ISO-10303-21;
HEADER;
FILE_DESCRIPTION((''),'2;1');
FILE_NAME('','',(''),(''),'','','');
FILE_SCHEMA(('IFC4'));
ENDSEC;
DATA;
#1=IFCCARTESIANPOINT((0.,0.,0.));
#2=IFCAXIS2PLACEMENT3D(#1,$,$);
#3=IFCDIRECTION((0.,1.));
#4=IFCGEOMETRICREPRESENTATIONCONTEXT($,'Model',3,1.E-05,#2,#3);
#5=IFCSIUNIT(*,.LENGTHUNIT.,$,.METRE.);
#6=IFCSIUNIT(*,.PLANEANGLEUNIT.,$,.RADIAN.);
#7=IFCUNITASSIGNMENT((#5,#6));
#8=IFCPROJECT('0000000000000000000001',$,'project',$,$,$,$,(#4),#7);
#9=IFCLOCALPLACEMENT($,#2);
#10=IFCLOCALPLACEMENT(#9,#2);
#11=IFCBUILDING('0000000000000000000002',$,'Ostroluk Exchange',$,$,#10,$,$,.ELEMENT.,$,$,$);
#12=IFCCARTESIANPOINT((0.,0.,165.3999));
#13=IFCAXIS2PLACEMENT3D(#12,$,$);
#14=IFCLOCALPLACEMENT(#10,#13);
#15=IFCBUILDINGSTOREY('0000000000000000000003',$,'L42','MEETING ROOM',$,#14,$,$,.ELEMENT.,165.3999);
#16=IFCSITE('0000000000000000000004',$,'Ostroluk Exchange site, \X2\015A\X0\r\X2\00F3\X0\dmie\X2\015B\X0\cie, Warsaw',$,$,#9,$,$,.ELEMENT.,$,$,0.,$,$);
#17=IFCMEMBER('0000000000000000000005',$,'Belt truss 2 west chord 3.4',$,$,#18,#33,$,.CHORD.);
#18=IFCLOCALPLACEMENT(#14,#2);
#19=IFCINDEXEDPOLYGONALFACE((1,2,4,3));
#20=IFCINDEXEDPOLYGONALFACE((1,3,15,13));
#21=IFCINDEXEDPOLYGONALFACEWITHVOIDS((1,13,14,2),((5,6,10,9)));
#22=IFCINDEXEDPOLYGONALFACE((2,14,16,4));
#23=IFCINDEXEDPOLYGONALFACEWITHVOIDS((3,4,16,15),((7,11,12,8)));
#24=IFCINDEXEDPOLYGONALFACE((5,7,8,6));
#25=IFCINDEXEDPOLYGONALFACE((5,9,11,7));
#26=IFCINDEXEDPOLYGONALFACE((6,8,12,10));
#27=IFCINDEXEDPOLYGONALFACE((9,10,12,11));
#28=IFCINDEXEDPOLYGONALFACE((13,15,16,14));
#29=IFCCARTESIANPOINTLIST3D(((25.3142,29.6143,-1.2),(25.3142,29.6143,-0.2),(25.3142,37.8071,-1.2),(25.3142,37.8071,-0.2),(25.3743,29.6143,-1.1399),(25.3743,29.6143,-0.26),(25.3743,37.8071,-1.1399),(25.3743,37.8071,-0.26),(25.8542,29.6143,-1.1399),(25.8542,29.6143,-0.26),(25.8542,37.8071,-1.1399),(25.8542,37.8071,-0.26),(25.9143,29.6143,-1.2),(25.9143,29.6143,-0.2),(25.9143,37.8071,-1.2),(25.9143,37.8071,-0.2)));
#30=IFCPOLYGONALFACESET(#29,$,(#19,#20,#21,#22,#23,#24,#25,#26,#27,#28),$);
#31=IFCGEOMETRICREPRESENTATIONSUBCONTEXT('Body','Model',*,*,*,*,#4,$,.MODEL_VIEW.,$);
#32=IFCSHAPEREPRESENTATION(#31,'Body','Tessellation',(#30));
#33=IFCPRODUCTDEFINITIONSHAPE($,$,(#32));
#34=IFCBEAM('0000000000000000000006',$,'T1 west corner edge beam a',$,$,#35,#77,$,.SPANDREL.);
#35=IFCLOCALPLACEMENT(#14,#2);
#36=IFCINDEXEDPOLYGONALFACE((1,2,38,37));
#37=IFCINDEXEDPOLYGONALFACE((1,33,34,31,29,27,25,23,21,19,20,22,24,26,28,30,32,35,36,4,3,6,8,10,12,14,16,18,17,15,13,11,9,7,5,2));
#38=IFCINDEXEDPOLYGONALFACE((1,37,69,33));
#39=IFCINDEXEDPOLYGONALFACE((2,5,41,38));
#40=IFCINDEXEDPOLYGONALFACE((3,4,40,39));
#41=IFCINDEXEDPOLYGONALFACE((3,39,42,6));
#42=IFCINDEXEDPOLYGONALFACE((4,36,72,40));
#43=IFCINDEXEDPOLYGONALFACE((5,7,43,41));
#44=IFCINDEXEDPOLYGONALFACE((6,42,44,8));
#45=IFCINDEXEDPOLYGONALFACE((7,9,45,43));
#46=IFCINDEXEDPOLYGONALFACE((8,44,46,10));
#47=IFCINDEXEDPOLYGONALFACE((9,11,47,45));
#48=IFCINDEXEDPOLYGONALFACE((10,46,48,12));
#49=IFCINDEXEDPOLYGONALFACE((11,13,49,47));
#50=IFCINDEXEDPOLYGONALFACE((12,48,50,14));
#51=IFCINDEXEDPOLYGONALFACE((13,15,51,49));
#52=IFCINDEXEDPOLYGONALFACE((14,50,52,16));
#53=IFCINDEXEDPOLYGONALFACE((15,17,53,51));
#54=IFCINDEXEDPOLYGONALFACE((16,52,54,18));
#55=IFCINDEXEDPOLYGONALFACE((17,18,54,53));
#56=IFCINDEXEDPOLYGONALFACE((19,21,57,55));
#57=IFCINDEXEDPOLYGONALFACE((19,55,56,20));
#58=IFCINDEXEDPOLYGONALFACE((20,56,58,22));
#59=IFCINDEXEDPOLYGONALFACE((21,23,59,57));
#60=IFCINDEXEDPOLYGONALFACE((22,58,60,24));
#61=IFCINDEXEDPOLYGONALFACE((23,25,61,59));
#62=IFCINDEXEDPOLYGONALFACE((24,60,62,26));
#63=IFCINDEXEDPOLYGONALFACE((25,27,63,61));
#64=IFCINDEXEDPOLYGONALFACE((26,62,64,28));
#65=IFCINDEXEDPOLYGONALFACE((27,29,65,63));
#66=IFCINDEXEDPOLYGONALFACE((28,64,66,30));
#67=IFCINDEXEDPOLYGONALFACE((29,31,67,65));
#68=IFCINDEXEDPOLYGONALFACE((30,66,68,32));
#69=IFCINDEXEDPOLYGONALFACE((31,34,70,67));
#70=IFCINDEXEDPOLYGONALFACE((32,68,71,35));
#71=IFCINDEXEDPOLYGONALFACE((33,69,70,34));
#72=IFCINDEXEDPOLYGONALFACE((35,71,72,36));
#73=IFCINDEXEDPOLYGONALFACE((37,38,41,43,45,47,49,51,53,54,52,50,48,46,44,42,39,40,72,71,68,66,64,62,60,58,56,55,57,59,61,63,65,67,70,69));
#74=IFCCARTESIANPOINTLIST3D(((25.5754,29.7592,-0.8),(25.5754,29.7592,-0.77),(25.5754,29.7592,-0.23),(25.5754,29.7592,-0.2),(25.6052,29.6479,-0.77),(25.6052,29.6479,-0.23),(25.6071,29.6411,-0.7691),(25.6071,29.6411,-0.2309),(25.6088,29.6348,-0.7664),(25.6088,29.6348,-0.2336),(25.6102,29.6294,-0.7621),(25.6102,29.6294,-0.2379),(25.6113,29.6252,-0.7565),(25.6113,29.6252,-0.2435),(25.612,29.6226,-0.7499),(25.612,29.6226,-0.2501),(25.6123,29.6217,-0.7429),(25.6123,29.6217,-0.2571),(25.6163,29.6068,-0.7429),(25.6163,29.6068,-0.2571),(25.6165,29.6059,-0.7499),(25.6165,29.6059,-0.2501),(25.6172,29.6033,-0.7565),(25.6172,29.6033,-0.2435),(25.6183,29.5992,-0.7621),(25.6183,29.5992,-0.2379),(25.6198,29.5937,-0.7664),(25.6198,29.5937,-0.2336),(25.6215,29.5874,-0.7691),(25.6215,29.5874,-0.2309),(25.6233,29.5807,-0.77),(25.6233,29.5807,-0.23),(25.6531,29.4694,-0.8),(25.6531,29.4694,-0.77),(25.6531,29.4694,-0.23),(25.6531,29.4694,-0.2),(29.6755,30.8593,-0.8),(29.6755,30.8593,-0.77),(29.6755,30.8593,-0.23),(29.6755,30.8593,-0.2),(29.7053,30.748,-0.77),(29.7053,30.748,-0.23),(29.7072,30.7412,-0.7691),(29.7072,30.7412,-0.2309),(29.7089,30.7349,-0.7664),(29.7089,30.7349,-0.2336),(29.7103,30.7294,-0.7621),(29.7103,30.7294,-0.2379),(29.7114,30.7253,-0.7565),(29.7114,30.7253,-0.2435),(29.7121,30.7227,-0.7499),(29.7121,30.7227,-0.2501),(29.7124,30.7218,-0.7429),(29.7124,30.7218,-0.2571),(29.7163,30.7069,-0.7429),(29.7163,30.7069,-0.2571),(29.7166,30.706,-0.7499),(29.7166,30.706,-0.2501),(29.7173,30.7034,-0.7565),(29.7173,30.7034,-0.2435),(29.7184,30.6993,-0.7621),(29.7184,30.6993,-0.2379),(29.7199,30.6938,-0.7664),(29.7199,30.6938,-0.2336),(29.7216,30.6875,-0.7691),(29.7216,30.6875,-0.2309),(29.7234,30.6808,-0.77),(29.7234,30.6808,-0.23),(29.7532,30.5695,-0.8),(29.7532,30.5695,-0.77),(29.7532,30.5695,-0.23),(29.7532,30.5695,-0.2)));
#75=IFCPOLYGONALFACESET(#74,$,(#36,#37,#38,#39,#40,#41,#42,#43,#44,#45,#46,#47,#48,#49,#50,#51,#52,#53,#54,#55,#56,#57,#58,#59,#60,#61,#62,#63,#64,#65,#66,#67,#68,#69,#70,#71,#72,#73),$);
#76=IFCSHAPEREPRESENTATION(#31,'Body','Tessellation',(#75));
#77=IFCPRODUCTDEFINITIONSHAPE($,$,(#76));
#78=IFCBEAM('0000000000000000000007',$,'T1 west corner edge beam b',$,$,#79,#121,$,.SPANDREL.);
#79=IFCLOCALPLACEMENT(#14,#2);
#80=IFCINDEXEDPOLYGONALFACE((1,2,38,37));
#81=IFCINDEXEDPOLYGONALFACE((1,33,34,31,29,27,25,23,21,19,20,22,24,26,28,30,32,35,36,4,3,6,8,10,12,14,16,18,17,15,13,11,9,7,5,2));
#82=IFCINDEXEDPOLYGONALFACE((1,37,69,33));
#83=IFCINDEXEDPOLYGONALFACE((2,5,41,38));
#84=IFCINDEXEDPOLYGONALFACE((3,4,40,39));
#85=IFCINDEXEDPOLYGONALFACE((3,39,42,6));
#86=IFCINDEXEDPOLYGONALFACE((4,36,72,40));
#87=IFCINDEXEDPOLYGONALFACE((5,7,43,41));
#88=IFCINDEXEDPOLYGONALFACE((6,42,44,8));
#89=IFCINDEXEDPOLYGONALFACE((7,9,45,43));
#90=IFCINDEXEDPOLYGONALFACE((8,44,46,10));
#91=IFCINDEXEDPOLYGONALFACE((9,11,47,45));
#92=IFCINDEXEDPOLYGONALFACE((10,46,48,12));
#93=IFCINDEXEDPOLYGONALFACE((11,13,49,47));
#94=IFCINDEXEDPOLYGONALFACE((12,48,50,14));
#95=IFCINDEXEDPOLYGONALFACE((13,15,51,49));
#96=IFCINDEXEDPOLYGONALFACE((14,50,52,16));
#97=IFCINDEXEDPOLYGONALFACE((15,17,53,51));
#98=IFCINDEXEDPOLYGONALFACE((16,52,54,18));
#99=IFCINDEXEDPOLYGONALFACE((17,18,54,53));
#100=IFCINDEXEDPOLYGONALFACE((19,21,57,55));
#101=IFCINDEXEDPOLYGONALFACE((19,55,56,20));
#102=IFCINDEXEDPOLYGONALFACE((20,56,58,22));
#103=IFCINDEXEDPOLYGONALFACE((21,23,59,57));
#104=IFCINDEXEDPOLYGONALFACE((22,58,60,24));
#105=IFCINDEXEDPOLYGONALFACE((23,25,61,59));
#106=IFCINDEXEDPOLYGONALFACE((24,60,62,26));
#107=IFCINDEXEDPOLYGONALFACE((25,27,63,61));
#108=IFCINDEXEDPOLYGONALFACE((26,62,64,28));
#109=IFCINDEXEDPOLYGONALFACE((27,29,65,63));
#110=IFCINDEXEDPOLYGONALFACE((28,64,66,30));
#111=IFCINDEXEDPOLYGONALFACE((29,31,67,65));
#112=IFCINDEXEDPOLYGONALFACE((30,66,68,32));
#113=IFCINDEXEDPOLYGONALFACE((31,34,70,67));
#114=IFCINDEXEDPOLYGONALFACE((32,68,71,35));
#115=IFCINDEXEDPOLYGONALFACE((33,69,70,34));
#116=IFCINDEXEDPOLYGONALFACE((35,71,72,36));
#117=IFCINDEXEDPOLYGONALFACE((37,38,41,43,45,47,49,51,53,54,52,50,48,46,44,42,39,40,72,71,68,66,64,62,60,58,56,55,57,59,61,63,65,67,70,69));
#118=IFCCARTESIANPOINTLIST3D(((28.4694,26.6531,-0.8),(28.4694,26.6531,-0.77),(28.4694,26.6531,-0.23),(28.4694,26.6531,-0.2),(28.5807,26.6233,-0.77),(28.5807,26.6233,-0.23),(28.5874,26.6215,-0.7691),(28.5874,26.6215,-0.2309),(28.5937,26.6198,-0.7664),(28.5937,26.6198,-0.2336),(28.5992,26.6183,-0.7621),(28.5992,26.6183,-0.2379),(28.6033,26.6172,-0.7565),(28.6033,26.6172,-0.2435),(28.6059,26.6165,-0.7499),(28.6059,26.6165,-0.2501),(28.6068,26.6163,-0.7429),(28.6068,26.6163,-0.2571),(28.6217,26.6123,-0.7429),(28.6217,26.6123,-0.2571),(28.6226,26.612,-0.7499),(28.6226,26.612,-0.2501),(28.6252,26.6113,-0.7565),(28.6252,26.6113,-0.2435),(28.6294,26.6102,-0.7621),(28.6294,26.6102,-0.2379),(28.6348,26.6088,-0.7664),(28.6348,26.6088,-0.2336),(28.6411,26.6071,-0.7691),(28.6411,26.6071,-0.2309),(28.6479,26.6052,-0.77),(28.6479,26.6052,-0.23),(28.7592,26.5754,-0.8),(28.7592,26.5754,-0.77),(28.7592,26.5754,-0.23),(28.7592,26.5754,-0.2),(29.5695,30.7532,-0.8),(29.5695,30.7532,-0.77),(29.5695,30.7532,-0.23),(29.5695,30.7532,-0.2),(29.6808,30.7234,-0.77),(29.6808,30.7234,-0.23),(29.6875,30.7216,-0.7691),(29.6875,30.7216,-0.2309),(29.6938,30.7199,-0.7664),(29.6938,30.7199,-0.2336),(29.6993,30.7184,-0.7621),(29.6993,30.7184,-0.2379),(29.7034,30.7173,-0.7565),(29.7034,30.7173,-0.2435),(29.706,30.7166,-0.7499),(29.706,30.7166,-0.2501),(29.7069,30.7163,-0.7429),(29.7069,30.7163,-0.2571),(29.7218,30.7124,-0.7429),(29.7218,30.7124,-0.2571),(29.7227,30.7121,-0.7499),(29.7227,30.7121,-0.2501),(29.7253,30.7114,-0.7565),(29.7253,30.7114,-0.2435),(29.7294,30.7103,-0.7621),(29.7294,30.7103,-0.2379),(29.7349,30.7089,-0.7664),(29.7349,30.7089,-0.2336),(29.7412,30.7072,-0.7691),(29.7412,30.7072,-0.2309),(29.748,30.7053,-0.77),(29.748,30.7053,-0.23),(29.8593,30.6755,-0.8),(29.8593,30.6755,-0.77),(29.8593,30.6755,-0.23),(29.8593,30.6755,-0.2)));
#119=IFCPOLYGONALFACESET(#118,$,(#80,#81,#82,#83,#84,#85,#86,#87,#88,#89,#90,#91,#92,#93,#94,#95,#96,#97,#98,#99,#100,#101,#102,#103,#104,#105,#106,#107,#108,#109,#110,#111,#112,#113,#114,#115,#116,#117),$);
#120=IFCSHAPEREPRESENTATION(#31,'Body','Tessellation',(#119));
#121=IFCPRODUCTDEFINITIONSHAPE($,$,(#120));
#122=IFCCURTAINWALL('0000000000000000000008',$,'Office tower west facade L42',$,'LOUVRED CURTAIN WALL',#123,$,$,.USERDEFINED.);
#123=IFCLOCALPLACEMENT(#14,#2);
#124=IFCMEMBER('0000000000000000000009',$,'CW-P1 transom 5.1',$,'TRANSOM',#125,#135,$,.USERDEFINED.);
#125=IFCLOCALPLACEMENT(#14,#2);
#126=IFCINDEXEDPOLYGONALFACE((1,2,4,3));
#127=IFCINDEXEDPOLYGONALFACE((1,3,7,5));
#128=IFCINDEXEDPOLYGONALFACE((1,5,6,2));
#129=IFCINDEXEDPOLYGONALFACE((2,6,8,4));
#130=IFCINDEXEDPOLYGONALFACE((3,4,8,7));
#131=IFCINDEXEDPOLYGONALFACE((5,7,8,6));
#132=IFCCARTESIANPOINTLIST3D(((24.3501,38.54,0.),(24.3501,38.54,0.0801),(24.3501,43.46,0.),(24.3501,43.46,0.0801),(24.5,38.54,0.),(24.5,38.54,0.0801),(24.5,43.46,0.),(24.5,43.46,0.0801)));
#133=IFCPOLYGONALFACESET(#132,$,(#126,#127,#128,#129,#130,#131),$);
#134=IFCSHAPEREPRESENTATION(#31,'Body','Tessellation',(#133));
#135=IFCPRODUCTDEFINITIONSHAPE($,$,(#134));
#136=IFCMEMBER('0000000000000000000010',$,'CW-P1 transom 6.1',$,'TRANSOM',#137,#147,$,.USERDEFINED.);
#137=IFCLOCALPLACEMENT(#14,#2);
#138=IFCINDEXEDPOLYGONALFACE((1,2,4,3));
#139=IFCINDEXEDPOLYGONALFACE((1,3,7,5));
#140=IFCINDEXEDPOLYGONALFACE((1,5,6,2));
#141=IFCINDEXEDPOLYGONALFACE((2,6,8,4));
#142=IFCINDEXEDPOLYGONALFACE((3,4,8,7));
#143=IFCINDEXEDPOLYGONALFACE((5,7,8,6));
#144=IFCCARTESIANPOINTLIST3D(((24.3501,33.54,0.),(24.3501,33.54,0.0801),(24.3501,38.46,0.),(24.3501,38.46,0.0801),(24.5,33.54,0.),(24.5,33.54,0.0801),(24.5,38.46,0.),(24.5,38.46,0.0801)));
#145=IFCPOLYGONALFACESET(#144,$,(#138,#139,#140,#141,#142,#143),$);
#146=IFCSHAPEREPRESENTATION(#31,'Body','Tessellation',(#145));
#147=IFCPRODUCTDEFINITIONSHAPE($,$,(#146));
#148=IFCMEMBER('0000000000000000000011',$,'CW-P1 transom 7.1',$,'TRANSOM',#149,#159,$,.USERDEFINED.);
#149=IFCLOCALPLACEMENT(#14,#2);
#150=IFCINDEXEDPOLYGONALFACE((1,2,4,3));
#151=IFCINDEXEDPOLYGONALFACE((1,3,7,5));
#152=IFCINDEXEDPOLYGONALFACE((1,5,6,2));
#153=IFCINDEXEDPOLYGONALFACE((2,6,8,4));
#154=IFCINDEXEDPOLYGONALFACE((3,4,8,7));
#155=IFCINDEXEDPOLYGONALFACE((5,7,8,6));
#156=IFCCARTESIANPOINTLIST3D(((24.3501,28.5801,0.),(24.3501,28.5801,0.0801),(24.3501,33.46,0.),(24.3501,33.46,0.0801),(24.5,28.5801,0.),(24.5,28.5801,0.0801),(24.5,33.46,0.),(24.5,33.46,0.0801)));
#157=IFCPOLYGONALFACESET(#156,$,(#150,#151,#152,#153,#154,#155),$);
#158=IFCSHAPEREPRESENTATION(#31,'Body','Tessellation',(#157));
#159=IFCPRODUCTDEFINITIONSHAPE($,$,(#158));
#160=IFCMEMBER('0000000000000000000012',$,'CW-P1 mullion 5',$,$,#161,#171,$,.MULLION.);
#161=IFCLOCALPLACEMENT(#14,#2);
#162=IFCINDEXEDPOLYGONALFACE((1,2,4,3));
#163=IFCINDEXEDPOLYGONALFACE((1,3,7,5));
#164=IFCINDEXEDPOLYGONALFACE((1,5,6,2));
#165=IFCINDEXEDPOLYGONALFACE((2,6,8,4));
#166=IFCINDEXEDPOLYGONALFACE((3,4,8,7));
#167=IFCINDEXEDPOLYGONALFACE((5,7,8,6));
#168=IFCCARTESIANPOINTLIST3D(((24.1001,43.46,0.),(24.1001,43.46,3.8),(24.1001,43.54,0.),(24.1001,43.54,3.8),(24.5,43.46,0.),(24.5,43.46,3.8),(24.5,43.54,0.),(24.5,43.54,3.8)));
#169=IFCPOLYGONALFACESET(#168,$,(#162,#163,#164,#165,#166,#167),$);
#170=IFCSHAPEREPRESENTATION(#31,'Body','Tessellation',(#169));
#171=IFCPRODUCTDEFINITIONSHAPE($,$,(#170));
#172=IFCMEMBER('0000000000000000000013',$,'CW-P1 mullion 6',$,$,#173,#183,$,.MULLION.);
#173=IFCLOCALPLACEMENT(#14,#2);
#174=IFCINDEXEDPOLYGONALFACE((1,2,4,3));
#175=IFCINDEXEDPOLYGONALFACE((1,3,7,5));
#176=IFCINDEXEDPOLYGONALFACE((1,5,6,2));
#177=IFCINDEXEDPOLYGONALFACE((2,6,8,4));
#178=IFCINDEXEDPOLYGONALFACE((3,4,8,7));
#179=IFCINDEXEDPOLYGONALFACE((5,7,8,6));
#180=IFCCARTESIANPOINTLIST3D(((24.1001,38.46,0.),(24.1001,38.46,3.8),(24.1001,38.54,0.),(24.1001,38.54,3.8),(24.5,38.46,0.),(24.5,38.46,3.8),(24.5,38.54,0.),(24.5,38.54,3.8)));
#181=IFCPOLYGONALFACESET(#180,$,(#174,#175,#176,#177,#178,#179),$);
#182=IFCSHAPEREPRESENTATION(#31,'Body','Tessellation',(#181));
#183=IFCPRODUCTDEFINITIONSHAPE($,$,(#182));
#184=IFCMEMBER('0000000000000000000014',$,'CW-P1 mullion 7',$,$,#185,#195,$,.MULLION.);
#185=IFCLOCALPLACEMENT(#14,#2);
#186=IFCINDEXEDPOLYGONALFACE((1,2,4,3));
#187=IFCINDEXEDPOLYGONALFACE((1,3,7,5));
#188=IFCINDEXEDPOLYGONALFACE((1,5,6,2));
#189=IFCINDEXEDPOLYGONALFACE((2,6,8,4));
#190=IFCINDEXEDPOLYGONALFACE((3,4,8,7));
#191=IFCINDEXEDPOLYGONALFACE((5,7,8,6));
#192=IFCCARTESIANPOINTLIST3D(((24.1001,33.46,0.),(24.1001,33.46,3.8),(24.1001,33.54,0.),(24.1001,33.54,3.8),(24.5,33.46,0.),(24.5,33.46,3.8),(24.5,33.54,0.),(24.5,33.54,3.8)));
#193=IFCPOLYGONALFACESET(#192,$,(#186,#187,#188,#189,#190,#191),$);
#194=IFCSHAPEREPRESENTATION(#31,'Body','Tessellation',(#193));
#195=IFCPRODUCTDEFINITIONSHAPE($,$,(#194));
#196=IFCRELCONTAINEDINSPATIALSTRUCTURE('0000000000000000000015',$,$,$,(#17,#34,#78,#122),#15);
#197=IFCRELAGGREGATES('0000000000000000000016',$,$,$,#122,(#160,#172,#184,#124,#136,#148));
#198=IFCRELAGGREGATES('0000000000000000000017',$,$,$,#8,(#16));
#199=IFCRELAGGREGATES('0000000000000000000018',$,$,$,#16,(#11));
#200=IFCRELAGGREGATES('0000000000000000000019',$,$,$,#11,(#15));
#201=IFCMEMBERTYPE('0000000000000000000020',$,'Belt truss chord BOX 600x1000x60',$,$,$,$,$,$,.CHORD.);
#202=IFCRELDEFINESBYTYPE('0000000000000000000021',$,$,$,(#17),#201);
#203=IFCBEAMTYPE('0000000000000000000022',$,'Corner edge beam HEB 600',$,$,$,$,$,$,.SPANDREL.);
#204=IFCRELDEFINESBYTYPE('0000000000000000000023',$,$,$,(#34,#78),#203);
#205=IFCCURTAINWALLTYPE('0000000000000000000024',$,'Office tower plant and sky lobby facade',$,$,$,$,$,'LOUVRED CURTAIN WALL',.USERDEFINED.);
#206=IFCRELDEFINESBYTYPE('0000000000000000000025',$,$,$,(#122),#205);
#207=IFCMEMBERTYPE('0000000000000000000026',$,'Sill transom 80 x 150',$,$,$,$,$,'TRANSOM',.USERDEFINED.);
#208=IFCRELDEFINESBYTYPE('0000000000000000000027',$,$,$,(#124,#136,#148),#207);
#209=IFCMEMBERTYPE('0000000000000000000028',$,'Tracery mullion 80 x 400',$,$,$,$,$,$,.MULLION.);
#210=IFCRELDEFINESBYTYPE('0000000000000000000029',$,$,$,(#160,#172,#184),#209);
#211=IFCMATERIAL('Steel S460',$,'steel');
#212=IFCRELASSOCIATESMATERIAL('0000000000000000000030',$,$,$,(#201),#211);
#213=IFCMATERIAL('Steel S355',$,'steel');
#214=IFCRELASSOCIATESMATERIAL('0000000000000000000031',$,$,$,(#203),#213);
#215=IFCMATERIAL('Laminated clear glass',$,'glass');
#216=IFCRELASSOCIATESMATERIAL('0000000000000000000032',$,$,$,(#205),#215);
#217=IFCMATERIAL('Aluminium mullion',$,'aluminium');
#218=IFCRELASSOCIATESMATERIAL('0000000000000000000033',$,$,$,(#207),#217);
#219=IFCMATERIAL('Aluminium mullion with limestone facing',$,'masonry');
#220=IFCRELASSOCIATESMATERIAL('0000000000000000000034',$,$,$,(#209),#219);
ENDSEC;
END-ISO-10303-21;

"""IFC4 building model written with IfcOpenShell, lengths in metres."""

from ifc_helpers import new_model, si_unit, direction, frame, origin, origin_2d, place, context, subcontext, project, spatial, rectangle, hollow_rectangle, i_section, extrude, material, material_profile, profile_set, type_object, element, aggregate, save


model = new_model("IFC4")

# Units and contexts
model_context = context("Model", 3, precision=1e-05, world=origin(), true_north=direction((0.0, 1.0)))
body_context = subcontext(model_context, "Body", "Model", "MODEL_VIEW")
ifc_project = project(units=[si_unit("LENGTHUNIT", "METRE"), si_unit("PLANEANGLEUNIT", "RADIAN")], contexts=[model_context])

# Site, building, storey
site_placement = place(None, origin())
site = spatial("IfcSite", under=ifc_project, at=site_placement, Name="Ostroluk Exchange site, Śródmieście, Warsaw", CompositionType="ELEMENT", RefElevation=0.0)
building_placement = place(site_placement, origin())
building = spatial("IfcBuilding", under=site, at=building_placement, Name="Ostroluk Exchange", CompositionType="ELEMENT")
storey_placement = place(building_placement, frame((0.0, 0.0, 165.3999)))
storey = spatial("IfcBuildingStorey", under=building, at=storey_placement, Name="L42", Description="MEETING ROOM", CompositionType="ELEMENT", Elevation=165.3999)

# Member
ifc_material_1 = material(Name="Steel S460", Category="steel")
ifc_material_profile_1 = material_profile(ifc_material_1, hollow_rectangle(XDim=0.6001, YDim=1.0, WallThickness=0.0601, at=origin_2d()), Name="BOX 600x1000x60")
ifc_profile_set_1 = profile_set([ifc_material_profile_1], Name="Steel S460")
member_type_1 = type_object("IfcMemberType", Name="Belt truss chord BOX 600x1000x60", PredefinedType="CHORD", material=ifc_profile_set_1)
member_1_placement = place(storey_placement, frame((25.6143, 37.8071, -0.7), z_axis=(0.0, -1.0, 0.0), x_axis=(1.0, 0.0, 0.0)))
element("IfcMember", 1, at=member_1_placement, inside=storey, type_object=member_type_1, Name="Belt truss 2 west chord 3.4", PredefinedType="CHORD", context=body_context, shape_type="SweptSolid", body=[
    extrude(hollow_rectangle(XDim=0.6001, YDim=1.0, WallThickness=0.0601, at=origin_2d()), origin(), (0.0, 0.0, 1.0), 8.1929),
])

# Beams
ifc_material_2 = material(Name="Steel S355", Category="steel")
ifc_material_profile_2 = material_profile(ifc_material_2, i_section(OverallWidth=0.3, OverallDepth=0.6001, WebThickness=0.0154, FlangeThickness=0.03, FilletRadius=0.0271, at=origin_2d()), Name="HEB 600")
ifc_profile_set_2 = profile_set([ifc_material_profile_2], Name="Steel S355")
beam_type_1 = type_object("IfcBeamType", Name="Corner edge beam HEB 600", PredefinedType="SPANDREL", material=ifc_profile_set_2)
for number, where, z_axis, x_axis, name in (
    (2, (29.7144, 30.7144, -0.5), (-0.965839, -0.259144, 0.0), (0.259144, -0.965839, 0.0), "T1 west corner edge beam a"),
    (3, (29.7144, 30.7144, -0.5), (-0.259144, -0.965839, 0.0), (0.965839, -0.259144, 0.0), "T1 west corner edge beam b"),
):
    element("IfcBeam", number, at=place(storey_placement, frame(where, z_axis=z_axis, x_axis=x_axis)), inside=storey, type_object=beam_type_1, Name=name, PredefinedType="SPANDREL", context=body_context, shape_type="SweptSolid", body=[
        extrude(i_section(OverallWidth=0.3, OverallDepth=0.6001, WebThickness=0.0154, FlangeThickness=0.03, FilletRadius=0.0271, at=origin_2d()), origin(), (0.0, 0.0, 1.0), 4.2451),
    ])

# Curtain wall, members
ifc_material_3 = material(Name="Laminated clear glass", Category="glass")
curtain_wall_type = type_object("IfcCurtainWallType", Name="Office tower plant and sky lobby facade", ElementType="LOUVRED CURTAIN WALL", PredefinedType="USERDEFINED", material=ifc_material_3)
curtain_wall_placement = place(storey_placement, origin())
curtain_wall = element("IfcCurtainWall", 4, at=curtain_wall_placement, inside=storey, type_object=curtain_wall_type, Name="Office tower west facade L42", ObjectType="LOUVRED CURTAIN WALL", PredefinedType="USERDEFINED")
ifc_material_4 = material(Name="Aluminium mullion", Category="aluminium")
ifc_material_profile_3 = material_profile(ifc_material_4, rectangle(XDim=0.1499, YDim=0.0801, at=origin_2d()), Name="Sill transom 80 x 150")
ifc_profile_set_3 = profile_set([ifc_material_profile_3], Name="Aluminium mullion")
member_type_2 = type_object("IfcMemberType", Name="Sill transom 80 x 150", ElementType="TRANSOM", PredefinedType="USERDEFINED", material=ifc_profile_set_3)
member_2_placement = place(storey_placement, frame((24.425, 43.46, 0.04), z_axis=(0.0, -1.0, 0.0), x_axis=(1.0, 0.0, 0.0)))
member_2 = element("IfcMember", 5, at=member_2_placement, type_object=member_type_2, Name="CW-P1 transom 5.1", ObjectType="TRANSOM", PredefinedType="USERDEFINED", context=body_context, shape_type="SweptSolid", body=[
    extrude(rectangle(XDim=0.1499, YDim=0.0801, at=origin_2d()), origin(), (0.0, 0.0, 1.0), 4.9199),
])
member_3_placement = place(storey_placement, frame((24.425, 38.46, 0.04), z_axis=(0.0, -1.0, 0.0), x_axis=(1.0, 0.0, 0.0)))
member_3 = element("IfcMember", 6, at=member_3_placement, type_object=member_type_2, Name="CW-P1 transom 6.1", ObjectType="TRANSOM", PredefinedType="USERDEFINED", context=body_context, shape_type="SweptSolid", body=[
    extrude(rectangle(XDim=0.1499, YDim=0.0801, at=origin_2d()), origin(), (0.0, 0.0, 1.0), 4.9199),
])
member_4_placement = place(storey_placement, frame((24.425, 33.46, 0.04), z_axis=(0.0, -1.0, 0.0), x_axis=(1.0, 0.0, 0.0)))
member_4 = element("IfcMember", 7, at=member_4_placement, type_object=member_type_2, Name="CW-P1 transom 7.1", ObjectType="TRANSOM", PredefinedType="USERDEFINED", context=body_context, shape_type="SweptSolid", body=[
    extrude(rectangle(XDim=0.1499, YDim=0.0801, at=origin_2d()), origin(), (0.0, 0.0, 1.0), 4.8799),
])
ifc_material_5 = material(Name="Aluminium mullion with limestone facing", Category="masonry")
ifc_material_profile_4 = material_profile(ifc_material_5, rectangle(XDim=0.3999, YDim=0.0801, at=origin_2d()), Name="Tracery mullion 80 x 400")
ifc_profile_set_4 = profile_set([ifc_material_profile_4], Name="Aluminium mullion with limestone facing")
member_type_3 = type_object("IfcMemberType", Name="Tracery mullion 80 x 400", PredefinedType="MULLION", material=ifc_profile_set_4)
member_5_placement = place(storey_placement, frame((24.3, 43.5, 0.0), z_axis=(0.0, 0.0, 1.0), x_axis=(1.0, 0.0, 0.0)))
member_5 = element("IfcMember", 8, at=member_5_placement, type_object=member_type_3, Name="CW-P1 mullion 5", PredefinedType="MULLION", context=body_context, shape_type="SweptSolid", body=[
    extrude(rectangle(XDim=0.3999, YDim=0.0801, at=origin_2d()), origin(), (0.0, 0.0, 1.0), 3.8),
])
member_6_placement = place(storey_placement, frame((24.3, 38.5, 0.0), z_axis=(0.0, 0.0, 1.0), x_axis=(1.0, 0.0, 0.0)))
member_6 = element("IfcMember", 9, at=member_6_placement, type_object=member_type_3, Name="CW-P1 mullion 6", PredefinedType="MULLION", context=body_context, shape_type="SweptSolid", body=[
    extrude(rectangle(XDim=0.3999, YDim=0.0801, at=origin_2d()), origin(), (0.0, 0.0, 1.0), 3.8),
])
member_7_placement = place(storey_placement, frame((24.3, 33.5, 0.0), z_axis=(0.0, 0.0, 1.0), x_axis=(1.0, 0.0, 0.0)))
member_7 = element("IfcMember", 10, at=member_7_placement, type_object=member_type_3, Name="CW-P1 mullion 7", PredefinedType="MULLION", context=body_context, shape_type="SweptSolid", body=[
    extrude(rectangle(XDim=0.3999, YDim=0.0801, at=origin_2d()), origin(), (0.0, 0.0, 1.0), 3.8),
])
aggregate(curtain_wall, [member_5, member_6, member_7, member_2, member_3, member_4])

save(model, "model.ifc")
